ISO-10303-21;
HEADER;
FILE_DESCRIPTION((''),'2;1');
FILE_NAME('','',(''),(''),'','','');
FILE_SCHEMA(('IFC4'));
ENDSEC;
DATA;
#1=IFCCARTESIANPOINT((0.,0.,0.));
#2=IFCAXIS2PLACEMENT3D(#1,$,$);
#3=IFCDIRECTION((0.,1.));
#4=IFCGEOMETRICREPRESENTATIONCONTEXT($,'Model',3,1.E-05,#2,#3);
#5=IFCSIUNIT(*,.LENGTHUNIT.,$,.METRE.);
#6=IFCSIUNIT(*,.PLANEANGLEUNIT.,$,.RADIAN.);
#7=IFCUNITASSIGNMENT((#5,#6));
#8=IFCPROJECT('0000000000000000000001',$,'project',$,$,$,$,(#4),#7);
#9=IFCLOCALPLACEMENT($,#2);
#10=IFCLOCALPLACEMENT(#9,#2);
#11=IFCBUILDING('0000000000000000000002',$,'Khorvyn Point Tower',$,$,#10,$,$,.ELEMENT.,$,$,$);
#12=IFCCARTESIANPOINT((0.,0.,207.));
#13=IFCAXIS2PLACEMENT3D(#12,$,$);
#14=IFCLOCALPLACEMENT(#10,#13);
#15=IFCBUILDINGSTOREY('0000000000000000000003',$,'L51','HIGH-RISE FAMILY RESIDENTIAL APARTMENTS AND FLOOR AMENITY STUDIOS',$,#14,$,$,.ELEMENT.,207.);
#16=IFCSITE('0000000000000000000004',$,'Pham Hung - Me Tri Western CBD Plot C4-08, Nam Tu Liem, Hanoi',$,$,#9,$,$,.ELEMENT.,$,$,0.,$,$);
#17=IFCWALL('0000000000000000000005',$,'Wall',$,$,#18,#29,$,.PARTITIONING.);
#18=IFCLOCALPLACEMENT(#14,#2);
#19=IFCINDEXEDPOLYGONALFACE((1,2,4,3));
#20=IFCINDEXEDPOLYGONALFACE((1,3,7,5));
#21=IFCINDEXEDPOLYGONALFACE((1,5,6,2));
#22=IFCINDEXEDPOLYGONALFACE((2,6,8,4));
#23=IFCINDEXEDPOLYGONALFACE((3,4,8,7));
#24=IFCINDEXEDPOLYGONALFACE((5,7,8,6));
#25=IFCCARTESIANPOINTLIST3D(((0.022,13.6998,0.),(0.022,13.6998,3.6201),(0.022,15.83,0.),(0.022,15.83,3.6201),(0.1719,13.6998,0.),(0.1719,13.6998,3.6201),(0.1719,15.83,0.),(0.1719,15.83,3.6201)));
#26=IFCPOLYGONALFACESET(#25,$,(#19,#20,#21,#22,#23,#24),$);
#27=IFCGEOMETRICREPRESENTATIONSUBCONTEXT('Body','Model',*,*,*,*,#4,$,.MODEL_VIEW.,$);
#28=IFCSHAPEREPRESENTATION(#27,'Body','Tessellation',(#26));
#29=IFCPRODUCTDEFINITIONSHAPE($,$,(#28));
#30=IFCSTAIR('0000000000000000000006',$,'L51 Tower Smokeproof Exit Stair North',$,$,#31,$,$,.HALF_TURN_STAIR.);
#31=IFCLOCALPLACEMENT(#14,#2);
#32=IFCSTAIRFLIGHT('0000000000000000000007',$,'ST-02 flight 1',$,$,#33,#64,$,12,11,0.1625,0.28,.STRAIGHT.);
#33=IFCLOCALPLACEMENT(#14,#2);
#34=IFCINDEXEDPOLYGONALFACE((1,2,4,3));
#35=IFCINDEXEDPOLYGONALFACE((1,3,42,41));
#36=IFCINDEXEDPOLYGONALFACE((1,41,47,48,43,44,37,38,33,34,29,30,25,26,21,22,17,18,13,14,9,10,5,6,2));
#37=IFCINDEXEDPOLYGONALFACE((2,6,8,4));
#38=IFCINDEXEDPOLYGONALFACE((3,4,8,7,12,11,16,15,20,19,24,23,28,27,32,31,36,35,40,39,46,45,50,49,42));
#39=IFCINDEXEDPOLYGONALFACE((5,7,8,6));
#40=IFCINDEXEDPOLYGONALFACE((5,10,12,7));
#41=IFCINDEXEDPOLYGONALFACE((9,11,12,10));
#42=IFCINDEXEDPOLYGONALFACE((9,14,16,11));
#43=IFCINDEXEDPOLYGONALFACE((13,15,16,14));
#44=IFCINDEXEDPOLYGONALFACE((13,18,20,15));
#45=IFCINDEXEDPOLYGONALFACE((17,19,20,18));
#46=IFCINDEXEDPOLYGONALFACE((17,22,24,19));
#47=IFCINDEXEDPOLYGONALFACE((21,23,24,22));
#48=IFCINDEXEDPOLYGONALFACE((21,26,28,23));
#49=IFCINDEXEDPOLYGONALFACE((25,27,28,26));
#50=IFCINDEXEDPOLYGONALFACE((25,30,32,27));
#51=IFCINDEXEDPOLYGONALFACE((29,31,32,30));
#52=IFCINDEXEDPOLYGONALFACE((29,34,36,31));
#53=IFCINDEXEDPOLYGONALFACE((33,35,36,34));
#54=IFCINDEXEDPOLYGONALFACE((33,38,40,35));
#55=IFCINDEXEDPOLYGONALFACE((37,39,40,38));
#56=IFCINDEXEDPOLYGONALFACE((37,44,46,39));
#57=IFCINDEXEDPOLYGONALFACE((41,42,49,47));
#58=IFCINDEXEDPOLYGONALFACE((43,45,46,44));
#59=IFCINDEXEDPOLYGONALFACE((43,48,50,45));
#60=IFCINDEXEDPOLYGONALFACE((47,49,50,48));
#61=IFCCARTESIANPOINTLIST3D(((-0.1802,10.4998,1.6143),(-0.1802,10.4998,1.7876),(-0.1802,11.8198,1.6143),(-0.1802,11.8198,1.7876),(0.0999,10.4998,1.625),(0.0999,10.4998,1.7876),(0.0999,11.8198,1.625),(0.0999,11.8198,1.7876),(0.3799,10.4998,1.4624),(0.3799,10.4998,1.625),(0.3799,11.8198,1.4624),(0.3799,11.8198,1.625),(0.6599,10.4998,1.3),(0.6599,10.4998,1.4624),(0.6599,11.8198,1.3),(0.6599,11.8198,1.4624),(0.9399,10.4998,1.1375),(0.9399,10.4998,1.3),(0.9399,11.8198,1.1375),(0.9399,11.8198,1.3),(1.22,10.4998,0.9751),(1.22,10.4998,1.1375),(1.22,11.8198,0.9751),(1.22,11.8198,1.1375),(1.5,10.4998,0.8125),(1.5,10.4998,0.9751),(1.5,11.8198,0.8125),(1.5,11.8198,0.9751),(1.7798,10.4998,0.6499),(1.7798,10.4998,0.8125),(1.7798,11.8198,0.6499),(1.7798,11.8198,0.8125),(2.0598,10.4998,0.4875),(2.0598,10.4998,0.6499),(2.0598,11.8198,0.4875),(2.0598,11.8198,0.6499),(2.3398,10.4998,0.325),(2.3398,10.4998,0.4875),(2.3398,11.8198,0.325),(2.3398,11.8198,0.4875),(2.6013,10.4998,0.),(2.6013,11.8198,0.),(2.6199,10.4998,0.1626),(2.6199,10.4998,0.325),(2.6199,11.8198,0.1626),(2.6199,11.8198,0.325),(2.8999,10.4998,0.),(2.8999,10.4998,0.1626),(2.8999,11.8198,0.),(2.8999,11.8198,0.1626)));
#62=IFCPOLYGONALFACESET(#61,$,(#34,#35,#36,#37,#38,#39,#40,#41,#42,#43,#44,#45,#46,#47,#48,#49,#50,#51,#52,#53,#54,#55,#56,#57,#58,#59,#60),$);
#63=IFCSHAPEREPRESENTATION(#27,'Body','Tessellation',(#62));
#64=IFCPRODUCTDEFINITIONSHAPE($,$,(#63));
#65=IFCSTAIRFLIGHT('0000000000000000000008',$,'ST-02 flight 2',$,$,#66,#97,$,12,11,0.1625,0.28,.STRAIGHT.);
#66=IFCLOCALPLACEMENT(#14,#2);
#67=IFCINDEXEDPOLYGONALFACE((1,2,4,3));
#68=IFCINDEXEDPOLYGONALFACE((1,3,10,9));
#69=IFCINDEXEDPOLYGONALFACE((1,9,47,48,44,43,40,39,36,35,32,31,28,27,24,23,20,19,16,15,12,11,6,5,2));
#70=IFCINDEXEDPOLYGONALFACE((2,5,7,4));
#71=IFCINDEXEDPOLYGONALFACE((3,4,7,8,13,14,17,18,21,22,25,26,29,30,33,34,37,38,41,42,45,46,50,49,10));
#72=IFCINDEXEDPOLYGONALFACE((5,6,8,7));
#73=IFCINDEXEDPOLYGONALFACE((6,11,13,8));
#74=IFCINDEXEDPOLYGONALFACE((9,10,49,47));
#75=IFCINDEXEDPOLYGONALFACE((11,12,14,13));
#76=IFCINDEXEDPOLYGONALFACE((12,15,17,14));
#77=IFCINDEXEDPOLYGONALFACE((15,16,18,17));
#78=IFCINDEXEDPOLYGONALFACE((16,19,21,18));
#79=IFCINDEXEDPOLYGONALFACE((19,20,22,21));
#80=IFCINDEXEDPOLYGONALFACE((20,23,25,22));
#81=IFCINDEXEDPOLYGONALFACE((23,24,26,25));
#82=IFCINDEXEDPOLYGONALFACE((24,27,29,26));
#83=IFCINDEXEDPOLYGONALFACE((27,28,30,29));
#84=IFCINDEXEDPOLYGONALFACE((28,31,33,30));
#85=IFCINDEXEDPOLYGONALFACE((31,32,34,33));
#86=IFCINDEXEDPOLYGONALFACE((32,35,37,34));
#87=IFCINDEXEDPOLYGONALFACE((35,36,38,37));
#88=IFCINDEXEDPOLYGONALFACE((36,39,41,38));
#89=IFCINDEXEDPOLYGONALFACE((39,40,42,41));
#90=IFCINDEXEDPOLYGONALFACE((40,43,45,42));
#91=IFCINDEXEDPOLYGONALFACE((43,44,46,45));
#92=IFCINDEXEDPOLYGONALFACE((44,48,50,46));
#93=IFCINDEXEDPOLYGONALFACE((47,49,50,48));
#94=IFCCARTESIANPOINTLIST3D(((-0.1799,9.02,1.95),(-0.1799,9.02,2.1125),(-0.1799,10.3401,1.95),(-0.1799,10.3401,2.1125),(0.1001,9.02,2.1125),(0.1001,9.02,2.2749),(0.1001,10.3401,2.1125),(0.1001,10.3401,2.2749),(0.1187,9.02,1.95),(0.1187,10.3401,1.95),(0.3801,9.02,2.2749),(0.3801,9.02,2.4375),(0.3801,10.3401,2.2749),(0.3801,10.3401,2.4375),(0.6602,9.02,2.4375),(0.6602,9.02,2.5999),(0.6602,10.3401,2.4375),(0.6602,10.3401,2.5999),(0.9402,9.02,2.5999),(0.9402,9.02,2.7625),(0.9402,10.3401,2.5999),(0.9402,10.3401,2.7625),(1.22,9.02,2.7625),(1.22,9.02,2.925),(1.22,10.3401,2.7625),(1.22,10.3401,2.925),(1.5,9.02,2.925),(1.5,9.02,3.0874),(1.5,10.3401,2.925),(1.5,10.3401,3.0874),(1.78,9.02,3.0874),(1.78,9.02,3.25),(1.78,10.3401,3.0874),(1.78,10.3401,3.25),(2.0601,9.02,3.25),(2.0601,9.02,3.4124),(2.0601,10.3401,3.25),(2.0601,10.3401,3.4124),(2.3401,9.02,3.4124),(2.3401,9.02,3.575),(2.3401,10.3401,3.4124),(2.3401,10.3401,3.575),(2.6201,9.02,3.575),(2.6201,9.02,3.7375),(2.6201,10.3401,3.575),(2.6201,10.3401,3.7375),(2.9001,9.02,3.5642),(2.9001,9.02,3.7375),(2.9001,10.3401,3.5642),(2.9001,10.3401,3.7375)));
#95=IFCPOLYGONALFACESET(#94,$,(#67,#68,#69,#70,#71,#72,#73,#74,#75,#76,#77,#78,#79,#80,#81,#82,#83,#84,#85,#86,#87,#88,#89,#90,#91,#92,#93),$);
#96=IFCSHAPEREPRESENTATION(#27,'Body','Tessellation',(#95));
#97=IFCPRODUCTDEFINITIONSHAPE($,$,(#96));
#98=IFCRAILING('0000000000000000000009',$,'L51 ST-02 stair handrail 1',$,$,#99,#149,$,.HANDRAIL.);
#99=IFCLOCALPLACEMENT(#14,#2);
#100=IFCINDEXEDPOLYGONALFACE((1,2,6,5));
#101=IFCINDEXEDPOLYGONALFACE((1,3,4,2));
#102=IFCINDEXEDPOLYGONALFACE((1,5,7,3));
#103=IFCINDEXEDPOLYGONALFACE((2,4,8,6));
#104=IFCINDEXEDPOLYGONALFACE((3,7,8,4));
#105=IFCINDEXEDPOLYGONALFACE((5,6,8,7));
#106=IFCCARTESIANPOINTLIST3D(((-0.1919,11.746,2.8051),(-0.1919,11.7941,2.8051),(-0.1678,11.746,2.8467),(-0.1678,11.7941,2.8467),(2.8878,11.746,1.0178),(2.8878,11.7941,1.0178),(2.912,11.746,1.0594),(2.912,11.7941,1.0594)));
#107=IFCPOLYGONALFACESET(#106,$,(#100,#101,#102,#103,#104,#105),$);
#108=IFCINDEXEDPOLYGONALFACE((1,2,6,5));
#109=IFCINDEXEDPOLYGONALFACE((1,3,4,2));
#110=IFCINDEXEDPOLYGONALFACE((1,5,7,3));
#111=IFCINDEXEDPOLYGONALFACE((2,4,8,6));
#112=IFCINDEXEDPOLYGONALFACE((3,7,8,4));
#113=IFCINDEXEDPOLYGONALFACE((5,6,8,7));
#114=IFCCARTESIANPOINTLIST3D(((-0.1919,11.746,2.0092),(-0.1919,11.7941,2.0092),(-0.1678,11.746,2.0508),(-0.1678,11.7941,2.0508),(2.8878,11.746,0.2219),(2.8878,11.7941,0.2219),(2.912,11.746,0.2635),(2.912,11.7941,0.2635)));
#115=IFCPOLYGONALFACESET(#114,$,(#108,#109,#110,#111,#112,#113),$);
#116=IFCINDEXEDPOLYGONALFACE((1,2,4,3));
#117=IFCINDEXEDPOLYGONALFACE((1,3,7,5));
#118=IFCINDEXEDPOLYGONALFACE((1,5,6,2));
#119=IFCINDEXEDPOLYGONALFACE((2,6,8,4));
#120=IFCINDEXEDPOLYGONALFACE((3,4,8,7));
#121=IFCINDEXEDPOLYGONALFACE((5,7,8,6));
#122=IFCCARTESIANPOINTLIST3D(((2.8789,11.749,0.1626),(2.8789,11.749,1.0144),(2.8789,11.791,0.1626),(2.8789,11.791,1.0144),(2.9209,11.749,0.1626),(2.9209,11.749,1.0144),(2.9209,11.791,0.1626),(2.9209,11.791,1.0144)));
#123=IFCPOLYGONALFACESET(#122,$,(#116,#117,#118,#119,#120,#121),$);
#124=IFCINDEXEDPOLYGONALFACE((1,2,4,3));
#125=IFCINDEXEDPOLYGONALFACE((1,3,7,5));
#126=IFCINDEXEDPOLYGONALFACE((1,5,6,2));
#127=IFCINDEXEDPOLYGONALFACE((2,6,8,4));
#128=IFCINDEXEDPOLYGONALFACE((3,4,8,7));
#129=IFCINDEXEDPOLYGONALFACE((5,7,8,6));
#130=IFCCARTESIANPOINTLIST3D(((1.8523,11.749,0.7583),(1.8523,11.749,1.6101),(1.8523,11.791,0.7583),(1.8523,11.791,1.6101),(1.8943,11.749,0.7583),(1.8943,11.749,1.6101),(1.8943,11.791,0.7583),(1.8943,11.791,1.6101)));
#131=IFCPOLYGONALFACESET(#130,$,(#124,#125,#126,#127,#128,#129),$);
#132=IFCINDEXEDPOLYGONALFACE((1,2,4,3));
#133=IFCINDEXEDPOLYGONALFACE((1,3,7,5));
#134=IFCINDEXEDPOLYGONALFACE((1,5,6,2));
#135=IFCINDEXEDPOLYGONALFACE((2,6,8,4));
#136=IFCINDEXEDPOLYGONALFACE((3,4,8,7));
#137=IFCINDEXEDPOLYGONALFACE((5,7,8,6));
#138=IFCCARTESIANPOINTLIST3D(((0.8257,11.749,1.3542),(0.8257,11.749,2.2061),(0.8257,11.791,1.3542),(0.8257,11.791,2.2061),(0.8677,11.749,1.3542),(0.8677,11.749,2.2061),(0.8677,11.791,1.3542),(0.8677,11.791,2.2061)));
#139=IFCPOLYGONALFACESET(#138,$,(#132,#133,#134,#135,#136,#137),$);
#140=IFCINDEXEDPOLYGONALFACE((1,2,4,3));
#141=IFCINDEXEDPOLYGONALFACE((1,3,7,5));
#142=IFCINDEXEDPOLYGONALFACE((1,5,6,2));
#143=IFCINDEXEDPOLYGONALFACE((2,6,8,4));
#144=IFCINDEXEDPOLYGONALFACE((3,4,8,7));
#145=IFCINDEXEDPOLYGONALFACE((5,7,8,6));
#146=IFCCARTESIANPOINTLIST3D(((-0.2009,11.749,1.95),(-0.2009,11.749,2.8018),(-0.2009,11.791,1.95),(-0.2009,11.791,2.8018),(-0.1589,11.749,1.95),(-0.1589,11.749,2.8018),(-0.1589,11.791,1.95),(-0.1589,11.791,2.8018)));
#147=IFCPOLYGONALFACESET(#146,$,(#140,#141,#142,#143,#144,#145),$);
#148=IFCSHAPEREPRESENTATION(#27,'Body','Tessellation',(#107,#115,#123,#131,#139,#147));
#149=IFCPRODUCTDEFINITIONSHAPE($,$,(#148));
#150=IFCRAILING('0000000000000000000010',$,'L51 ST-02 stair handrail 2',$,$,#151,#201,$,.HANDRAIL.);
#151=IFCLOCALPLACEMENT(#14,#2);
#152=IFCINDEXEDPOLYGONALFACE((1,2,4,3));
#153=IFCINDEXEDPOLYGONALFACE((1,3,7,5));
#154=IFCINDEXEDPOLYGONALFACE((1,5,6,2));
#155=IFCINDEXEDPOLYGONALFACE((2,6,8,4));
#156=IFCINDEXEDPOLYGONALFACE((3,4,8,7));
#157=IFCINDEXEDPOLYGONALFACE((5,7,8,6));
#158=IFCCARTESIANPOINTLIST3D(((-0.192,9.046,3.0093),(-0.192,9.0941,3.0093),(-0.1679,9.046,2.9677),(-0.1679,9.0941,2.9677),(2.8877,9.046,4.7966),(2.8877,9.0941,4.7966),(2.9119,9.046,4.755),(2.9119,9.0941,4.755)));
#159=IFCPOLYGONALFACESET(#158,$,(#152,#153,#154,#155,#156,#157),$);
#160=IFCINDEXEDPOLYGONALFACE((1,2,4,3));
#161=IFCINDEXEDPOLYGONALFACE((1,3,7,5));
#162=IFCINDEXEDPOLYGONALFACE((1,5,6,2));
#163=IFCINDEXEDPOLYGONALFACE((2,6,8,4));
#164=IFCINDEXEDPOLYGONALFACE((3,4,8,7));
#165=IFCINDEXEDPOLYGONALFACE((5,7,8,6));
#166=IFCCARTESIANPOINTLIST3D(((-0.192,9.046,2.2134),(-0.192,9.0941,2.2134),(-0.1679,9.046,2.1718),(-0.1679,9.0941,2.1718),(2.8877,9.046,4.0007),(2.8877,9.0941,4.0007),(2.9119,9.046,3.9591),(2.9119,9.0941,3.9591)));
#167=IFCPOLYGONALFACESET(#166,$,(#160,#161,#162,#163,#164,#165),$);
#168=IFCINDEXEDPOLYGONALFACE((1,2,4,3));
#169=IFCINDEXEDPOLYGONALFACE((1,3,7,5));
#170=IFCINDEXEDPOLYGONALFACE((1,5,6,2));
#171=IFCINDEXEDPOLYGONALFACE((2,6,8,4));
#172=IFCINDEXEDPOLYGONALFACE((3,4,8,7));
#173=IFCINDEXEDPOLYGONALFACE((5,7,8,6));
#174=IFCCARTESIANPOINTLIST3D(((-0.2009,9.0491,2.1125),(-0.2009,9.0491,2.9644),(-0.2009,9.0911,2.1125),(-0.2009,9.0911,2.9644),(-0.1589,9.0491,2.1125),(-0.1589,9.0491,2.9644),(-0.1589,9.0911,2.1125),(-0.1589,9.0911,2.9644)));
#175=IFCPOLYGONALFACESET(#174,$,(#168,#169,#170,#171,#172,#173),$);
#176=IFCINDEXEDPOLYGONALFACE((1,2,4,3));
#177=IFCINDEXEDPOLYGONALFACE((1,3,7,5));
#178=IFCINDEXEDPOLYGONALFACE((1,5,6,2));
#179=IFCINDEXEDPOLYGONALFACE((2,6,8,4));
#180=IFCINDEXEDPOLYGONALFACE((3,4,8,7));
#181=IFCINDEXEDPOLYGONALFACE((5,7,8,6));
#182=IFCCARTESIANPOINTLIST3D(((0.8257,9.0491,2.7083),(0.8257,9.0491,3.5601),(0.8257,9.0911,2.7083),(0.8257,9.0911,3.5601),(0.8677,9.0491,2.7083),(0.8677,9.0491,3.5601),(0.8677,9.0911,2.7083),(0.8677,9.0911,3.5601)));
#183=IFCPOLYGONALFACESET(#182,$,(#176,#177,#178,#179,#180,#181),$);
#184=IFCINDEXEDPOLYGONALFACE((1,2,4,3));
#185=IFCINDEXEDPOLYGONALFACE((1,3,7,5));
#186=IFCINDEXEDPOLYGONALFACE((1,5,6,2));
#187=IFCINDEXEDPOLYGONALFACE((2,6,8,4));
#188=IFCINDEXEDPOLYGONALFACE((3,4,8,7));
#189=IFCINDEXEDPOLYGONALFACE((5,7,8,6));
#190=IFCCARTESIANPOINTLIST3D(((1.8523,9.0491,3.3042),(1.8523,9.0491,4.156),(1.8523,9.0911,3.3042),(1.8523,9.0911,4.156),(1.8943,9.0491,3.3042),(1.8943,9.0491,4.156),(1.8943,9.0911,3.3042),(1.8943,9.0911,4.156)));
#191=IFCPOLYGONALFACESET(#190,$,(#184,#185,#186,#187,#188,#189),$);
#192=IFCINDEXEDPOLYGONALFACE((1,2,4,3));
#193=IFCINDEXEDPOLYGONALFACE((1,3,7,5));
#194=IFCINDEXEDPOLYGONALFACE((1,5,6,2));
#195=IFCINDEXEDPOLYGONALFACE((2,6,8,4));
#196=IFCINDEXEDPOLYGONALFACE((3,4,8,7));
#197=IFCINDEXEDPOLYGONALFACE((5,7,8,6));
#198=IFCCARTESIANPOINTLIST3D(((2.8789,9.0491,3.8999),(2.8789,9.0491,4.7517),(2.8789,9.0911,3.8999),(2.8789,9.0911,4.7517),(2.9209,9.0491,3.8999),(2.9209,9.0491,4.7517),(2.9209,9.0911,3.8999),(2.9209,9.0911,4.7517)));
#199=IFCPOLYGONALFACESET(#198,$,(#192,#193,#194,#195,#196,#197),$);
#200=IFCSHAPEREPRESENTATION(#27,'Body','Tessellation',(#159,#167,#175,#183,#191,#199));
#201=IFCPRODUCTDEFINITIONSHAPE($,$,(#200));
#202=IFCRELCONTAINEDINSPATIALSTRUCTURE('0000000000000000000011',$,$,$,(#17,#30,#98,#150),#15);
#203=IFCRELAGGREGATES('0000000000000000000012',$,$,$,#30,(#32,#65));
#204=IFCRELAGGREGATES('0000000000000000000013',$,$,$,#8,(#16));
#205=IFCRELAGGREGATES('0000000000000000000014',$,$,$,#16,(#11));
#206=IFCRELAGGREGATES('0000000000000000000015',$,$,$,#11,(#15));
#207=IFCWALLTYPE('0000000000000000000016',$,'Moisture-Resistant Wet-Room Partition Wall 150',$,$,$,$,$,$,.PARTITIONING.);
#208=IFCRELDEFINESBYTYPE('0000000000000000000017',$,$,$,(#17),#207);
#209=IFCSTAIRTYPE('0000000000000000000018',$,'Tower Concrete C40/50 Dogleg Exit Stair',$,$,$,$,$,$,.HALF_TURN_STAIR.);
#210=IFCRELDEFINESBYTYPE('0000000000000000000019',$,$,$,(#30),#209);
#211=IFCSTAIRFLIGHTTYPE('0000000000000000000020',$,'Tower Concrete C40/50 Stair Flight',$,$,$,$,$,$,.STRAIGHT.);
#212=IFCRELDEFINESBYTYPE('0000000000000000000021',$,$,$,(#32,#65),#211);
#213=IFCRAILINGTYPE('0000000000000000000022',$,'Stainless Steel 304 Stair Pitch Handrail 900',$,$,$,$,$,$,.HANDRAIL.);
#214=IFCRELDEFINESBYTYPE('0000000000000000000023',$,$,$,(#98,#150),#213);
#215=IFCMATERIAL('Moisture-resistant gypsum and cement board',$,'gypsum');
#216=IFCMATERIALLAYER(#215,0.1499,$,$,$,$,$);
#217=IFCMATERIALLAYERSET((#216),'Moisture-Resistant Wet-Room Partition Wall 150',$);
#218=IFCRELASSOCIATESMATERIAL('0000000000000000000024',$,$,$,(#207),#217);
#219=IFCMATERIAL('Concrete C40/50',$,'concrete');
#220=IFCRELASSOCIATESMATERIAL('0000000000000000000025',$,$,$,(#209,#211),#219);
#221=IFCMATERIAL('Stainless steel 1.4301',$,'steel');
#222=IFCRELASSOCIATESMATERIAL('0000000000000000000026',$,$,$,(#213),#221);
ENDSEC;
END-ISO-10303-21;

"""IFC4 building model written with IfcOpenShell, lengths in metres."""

from ifc_helpers import new_model, si_unit, direction, frame, frame_2d, origin, origin_2d, place, context, subcontext, project, spatial, polyline, rectangle, outline, extrude, material, layer, layer_set, type_object, element, aggregate, save


model = new_model("IFC4")

# Units and contexts
model_context = context("Model", 3, precision=1e-05, world=origin(), true_north=direction((0.0, 1.0)))
body_context = subcontext(model_context, "Body", "Model", "MODEL_VIEW")
ifc_project = project(units=[si_unit("LENGTHUNIT", "METRE"), si_unit("PLANEANGLEUNIT", "RADIAN")], contexts=[model_context])

# Site, building, storey
site_placement = place(None, origin())
site = spatial("IfcSite", under=ifc_project, at=site_placement, Name="Pham Hung - Me Tri Western CBD Plot C4-08, Nam Tu Liem, Hanoi", CompositionType="ELEMENT", RefElevation=0.0)
building_placement = place(site_placement, origin())
building = spatial("IfcBuilding", under=site, at=building_placement, Name="Khorvyn Point Tower", CompositionType="ELEMENT")
storey_placement = place(building_placement, frame((0.0, 0.0, 207.0)))
storey = spatial("IfcBuildingStorey", under=building, at=storey_placement, Name="L51", Description="HIGH-RISE FAMILY RESIDENTIAL APARTMENTS AND FLOOR AMENITY STUDIOS", CompositionType="ELEMENT", Elevation=207.0)

# Shared definitions
ifc_material_1 = material(Name="Concrete C40/50", Category="concrete")

# Shared definitions
ifc_material_2 = material(Name="Moisture-resistant gypsum and cement board", Category="gypsum")
ifc_layer_1 = layer(ifc_material_2, 0.1499)
ifc_layer_set_1 = layer_set([ifc_layer_1], Name="Moisture-Resistant Wet-Room Partition Wall 150")
wall_type_1 = type_object("IfcWallType", Name="Moisture-Resistant Wet-Room Partition Wall 150", PredefinedType="PARTITIONING", material=ifc_layer_set_1)

# Wall
wall_1_placement = place(storey_placement, frame((0.0969, 13.7, 0.0), z_axis=(0.0, 0.0, 1.0), x_axis=(0.0, 1.0, 0.0)))
element("IfcWall", 1, at=wall_1_placement, inside=storey, type_object=wall_type_1, Name="Wall", PredefinedType="PARTITIONING", context=body_context, shape_type="SweptSolid", body=[
    extrude(rectangle(XDim=2.1301, YDim=0.1499, at=frame_2d((1.0649, 0.0))), origin(), (0.0, 0.0, 1.0), 3.6201),
])

# Stair, stair flights
stair_type = type_object("IfcStairType", Name="Tower Concrete C40/50 Dogleg Exit Stair", PredefinedType="HALF_TURN_STAIR", material=ifc_material_1)
stair_placement = place(storey_placement, origin())
stair = element("IfcStair", 2, at=stair_placement, inside=storey, type_object=stair_type, Name="L51 Tower Smokeproof Exit Stair North", PredefinedType="HALF_TURN_STAIR")
stair_flight_type = type_object("IfcStairFlightType", Name="Tower Concrete C40/50 Stair Flight", PredefinedType="STRAIGHT", material=ifc_material_1)
stair_flight_1_placement = place(storey_placement, frame((2.8999, 11.1599, 0.0), z_axis=(0.0, 0.0, 1.0), x_axis=(-1.0, 0.0, 0.0)))
stair_flight_1 = element("IfcStairFlight", 3, at=stair_flight_1_placement, type_object=stair_flight_type, Name="ST-02 flight 1", NumberOfRisers=12, NumberOfTreads=11, PredefinedType="STRAIGHT", RiserHeight=0.1625, TreadLength=0.28, context=body_context, shape_type="SweptSolid", body=[
    extrude(outline(polyline([(0.0, 0.0), (0.0, 0.1626), (0.28, 0.1626), (0.28, 0.325), (0.5601, 0.325), (0.5601, 0.4875), (0.8401, 0.4875), (0.8401, 0.6499), (1.1201, 0.6499), (1.1201, 0.8125), (1.3999, 0.8125), (1.3999, 0.9751), (1.6799, 0.9751), (1.6799, 1.1375), (1.96, 1.1375), (1.96, 1.3), (2.24, 1.3), (2.24, 1.4624), (2.52, 1.4624), (2.52, 1.625), (2.8, 1.625), (2.8, 1.7876), (3.0801, 1.7876), (3.0801, 1.95), (3.0801, 1.6143), (0.2986, 0.0), (0.0, 0.0)])), frame((0.0, 0.6602, 0.0), z_axis=(0.0, -1.0, 0.0), x_axis=(1.0, 0.0, 0.0)), (0.0, 0.0, 1.0), 1.3201),
])
stair_flight_2_placement = place(storey_placement, frame((-0.1799, 9.6799, 1.95), z_axis=(0.0, 0.0, 1.0), x_axis=(1.0, 0.0, 0.0)))
stair_flight_2 = element("IfcStairFlight", 4, at=stair_flight_2_placement, type_object=stair_flight_type, Name="ST-02 flight 2", NumberOfRisers=12, NumberOfTreads=11, PredefinedType="STRAIGHT", RiserHeight=0.1625, TreadLength=0.28, context=body_context, shape_type="SweptSolid", body=[
    extrude(outline(polyline([(0.0, 0.0), (0.0, 0.1626), (0.28, 0.1626), (0.28, 0.325), (0.5601, 0.325), (0.5601, 0.4875), (0.8401, 0.4875), (0.8401, 0.6499), (1.1201, 0.6499), (1.1201, 0.8125), (1.3999, 0.8125), (1.3999, 0.9751), (1.6799, 0.9751), (1.6799, 1.1375), (1.96, 1.1375), (1.96, 1.3), (2.24, 1.3), (2.24, 1.4624), (2.52, 1.4624), (2.52, 1.625), (2.8, 1.625), (2.8, 1.7876), (3.0801, 1.7876), (3.0801, 1.95), (3.0801, 1.6143), (0.2986, 0.0), (0.0, 0.0)])), frame((0.0, 0.6602, 0.0), z_axis=(0.0, -1.0, 0.0), x_axis=(1.0, 0.0, 0.0)), (0.0, 0.0, 1.0), 1.3201),
])
aggregate(stair, [stair_flight_1, stair_flight_2])

# Railings
ifc_material_3 = material(Name="Stainless steel 1.4301", Category="steel")
railing_type_1 = type_object("IfcRailingType", Name="Stainless Steel 304 Stair Pitch Handrail 900", PredefinedType="HANDRAIL", material=ifc_material_3)
railing_1_placement = place(storey_placement, frame((2.8999, 11.77, 0.1626)))
element("IfcRailing", 5, at=railing_1_placement, inside=storey, type_object=railing_type_1, Name="L51 ST-02 stair handrail 1", PredefinedType="HANDRAIL", context=body_context, shape_type="SweptSolid", body=[
    extrude(rectangle(XDim=0.0481, YDim=0.0481, at=origin_2d()), frame((0.0, 0.0, 0.876), z_axis=(-0.864903, 0.0, 0.501939), x_axis=(0.0, -1.0, 0.0)), (0.0, 0.0, 1.0), 3.5608),
    extrude(rectangle(XDim=0.0481, YDim=0.0481, at=origin_2d()), frame((0.0, 0.0, 0.0801), z_axis=(-0.864903, 0.0, 0.501939), x_axis=(0.0, -1.0, 0.0)), (0.0, 0.0, 1.0), 3.5608),
    extrude(rectangle(XDim=0.042, YDim=0.042, at=origin_2d()), origin(), (0.0, 0.0, 1.0), 0.8518),
    extrude(rectangle(XDim=0.042, YDim=0.042, at=origin_2d()), frame((-1.0266, 0.0, 0.5957)), (0.0, 0.0, 1.0), 0.8518),
    extrude(rectangle(XDim=0.042, YDim=0.042, at=origin_2d()), frame((-2.0532, 0.0, 1.1917)), (0.0, 0.0, 1.0), 0.8518),
    extrude(rectangle(XDim=0.042, YDim=0.042, at=origin_2d()), frame((-3.0798, 0.0, 1.7874)), (0.0, 0.0, 1.0), 0.8518),
])
railing_2_placement = place(storey_placement, frame((-0.1799, 9.0701, 2.1125)))
element("IfcRailing", 6, at=railing_2_placement, inside=storey, type_object=railing_type_1, Name="L51 ST-02 stair handrail 2", PredefinedType="HANDRAIL", context=body_context, shape_type="SweptSolid", body=[
    extrude(rectangle(XDim=0.0481, YDim=0.0481, at=origin_2d()), frame((0.0, 0.0, 0.876), z_axis=(0.864903, 0.0, 0.501939), x_axis=(0.0, 1.0, 0.0)), (0.0, 0.0, 1.0), 3.5608),
    extrude(rectangle(XDim=0.0481, YDim=0.0481, at=origin_2d()), frame((0.0, 0.0, 0.0801), z_axis=(0.864903, 0.0, 0.501939), x_axis=(0.0, 1.0, 0.0)), (0.0, 0.0, 1.0), 3.5608),
    extrude(rectangle(XDim=0.042, YDim=0.042, at=origin_2d()), origin(), (0.0, 0.0, 1.0), 0.8518),
    extrude(rectangle(XDim=0.042, YDim=0.042, at=origin_2d()), frame((1.0266, 0.0, 0.5957)), (0.0, 0.0, 1.0), 0.8518),
    extrude(rectangle(XDim=0.042, YDim=0.042, at=origin_2d()), frame((2.0532, 0.0, 1.1917)), (0.0, 0.0, 1.0), 0.8518),
    extrude(rectangle(XDim=0.042, YDim=0.042, at=origin_2d()), frame((3.0798, 0.0, 1.7874)), (0.0, 0.0, 1.0), 0.8518),
])

save(model, "model.ifc")
